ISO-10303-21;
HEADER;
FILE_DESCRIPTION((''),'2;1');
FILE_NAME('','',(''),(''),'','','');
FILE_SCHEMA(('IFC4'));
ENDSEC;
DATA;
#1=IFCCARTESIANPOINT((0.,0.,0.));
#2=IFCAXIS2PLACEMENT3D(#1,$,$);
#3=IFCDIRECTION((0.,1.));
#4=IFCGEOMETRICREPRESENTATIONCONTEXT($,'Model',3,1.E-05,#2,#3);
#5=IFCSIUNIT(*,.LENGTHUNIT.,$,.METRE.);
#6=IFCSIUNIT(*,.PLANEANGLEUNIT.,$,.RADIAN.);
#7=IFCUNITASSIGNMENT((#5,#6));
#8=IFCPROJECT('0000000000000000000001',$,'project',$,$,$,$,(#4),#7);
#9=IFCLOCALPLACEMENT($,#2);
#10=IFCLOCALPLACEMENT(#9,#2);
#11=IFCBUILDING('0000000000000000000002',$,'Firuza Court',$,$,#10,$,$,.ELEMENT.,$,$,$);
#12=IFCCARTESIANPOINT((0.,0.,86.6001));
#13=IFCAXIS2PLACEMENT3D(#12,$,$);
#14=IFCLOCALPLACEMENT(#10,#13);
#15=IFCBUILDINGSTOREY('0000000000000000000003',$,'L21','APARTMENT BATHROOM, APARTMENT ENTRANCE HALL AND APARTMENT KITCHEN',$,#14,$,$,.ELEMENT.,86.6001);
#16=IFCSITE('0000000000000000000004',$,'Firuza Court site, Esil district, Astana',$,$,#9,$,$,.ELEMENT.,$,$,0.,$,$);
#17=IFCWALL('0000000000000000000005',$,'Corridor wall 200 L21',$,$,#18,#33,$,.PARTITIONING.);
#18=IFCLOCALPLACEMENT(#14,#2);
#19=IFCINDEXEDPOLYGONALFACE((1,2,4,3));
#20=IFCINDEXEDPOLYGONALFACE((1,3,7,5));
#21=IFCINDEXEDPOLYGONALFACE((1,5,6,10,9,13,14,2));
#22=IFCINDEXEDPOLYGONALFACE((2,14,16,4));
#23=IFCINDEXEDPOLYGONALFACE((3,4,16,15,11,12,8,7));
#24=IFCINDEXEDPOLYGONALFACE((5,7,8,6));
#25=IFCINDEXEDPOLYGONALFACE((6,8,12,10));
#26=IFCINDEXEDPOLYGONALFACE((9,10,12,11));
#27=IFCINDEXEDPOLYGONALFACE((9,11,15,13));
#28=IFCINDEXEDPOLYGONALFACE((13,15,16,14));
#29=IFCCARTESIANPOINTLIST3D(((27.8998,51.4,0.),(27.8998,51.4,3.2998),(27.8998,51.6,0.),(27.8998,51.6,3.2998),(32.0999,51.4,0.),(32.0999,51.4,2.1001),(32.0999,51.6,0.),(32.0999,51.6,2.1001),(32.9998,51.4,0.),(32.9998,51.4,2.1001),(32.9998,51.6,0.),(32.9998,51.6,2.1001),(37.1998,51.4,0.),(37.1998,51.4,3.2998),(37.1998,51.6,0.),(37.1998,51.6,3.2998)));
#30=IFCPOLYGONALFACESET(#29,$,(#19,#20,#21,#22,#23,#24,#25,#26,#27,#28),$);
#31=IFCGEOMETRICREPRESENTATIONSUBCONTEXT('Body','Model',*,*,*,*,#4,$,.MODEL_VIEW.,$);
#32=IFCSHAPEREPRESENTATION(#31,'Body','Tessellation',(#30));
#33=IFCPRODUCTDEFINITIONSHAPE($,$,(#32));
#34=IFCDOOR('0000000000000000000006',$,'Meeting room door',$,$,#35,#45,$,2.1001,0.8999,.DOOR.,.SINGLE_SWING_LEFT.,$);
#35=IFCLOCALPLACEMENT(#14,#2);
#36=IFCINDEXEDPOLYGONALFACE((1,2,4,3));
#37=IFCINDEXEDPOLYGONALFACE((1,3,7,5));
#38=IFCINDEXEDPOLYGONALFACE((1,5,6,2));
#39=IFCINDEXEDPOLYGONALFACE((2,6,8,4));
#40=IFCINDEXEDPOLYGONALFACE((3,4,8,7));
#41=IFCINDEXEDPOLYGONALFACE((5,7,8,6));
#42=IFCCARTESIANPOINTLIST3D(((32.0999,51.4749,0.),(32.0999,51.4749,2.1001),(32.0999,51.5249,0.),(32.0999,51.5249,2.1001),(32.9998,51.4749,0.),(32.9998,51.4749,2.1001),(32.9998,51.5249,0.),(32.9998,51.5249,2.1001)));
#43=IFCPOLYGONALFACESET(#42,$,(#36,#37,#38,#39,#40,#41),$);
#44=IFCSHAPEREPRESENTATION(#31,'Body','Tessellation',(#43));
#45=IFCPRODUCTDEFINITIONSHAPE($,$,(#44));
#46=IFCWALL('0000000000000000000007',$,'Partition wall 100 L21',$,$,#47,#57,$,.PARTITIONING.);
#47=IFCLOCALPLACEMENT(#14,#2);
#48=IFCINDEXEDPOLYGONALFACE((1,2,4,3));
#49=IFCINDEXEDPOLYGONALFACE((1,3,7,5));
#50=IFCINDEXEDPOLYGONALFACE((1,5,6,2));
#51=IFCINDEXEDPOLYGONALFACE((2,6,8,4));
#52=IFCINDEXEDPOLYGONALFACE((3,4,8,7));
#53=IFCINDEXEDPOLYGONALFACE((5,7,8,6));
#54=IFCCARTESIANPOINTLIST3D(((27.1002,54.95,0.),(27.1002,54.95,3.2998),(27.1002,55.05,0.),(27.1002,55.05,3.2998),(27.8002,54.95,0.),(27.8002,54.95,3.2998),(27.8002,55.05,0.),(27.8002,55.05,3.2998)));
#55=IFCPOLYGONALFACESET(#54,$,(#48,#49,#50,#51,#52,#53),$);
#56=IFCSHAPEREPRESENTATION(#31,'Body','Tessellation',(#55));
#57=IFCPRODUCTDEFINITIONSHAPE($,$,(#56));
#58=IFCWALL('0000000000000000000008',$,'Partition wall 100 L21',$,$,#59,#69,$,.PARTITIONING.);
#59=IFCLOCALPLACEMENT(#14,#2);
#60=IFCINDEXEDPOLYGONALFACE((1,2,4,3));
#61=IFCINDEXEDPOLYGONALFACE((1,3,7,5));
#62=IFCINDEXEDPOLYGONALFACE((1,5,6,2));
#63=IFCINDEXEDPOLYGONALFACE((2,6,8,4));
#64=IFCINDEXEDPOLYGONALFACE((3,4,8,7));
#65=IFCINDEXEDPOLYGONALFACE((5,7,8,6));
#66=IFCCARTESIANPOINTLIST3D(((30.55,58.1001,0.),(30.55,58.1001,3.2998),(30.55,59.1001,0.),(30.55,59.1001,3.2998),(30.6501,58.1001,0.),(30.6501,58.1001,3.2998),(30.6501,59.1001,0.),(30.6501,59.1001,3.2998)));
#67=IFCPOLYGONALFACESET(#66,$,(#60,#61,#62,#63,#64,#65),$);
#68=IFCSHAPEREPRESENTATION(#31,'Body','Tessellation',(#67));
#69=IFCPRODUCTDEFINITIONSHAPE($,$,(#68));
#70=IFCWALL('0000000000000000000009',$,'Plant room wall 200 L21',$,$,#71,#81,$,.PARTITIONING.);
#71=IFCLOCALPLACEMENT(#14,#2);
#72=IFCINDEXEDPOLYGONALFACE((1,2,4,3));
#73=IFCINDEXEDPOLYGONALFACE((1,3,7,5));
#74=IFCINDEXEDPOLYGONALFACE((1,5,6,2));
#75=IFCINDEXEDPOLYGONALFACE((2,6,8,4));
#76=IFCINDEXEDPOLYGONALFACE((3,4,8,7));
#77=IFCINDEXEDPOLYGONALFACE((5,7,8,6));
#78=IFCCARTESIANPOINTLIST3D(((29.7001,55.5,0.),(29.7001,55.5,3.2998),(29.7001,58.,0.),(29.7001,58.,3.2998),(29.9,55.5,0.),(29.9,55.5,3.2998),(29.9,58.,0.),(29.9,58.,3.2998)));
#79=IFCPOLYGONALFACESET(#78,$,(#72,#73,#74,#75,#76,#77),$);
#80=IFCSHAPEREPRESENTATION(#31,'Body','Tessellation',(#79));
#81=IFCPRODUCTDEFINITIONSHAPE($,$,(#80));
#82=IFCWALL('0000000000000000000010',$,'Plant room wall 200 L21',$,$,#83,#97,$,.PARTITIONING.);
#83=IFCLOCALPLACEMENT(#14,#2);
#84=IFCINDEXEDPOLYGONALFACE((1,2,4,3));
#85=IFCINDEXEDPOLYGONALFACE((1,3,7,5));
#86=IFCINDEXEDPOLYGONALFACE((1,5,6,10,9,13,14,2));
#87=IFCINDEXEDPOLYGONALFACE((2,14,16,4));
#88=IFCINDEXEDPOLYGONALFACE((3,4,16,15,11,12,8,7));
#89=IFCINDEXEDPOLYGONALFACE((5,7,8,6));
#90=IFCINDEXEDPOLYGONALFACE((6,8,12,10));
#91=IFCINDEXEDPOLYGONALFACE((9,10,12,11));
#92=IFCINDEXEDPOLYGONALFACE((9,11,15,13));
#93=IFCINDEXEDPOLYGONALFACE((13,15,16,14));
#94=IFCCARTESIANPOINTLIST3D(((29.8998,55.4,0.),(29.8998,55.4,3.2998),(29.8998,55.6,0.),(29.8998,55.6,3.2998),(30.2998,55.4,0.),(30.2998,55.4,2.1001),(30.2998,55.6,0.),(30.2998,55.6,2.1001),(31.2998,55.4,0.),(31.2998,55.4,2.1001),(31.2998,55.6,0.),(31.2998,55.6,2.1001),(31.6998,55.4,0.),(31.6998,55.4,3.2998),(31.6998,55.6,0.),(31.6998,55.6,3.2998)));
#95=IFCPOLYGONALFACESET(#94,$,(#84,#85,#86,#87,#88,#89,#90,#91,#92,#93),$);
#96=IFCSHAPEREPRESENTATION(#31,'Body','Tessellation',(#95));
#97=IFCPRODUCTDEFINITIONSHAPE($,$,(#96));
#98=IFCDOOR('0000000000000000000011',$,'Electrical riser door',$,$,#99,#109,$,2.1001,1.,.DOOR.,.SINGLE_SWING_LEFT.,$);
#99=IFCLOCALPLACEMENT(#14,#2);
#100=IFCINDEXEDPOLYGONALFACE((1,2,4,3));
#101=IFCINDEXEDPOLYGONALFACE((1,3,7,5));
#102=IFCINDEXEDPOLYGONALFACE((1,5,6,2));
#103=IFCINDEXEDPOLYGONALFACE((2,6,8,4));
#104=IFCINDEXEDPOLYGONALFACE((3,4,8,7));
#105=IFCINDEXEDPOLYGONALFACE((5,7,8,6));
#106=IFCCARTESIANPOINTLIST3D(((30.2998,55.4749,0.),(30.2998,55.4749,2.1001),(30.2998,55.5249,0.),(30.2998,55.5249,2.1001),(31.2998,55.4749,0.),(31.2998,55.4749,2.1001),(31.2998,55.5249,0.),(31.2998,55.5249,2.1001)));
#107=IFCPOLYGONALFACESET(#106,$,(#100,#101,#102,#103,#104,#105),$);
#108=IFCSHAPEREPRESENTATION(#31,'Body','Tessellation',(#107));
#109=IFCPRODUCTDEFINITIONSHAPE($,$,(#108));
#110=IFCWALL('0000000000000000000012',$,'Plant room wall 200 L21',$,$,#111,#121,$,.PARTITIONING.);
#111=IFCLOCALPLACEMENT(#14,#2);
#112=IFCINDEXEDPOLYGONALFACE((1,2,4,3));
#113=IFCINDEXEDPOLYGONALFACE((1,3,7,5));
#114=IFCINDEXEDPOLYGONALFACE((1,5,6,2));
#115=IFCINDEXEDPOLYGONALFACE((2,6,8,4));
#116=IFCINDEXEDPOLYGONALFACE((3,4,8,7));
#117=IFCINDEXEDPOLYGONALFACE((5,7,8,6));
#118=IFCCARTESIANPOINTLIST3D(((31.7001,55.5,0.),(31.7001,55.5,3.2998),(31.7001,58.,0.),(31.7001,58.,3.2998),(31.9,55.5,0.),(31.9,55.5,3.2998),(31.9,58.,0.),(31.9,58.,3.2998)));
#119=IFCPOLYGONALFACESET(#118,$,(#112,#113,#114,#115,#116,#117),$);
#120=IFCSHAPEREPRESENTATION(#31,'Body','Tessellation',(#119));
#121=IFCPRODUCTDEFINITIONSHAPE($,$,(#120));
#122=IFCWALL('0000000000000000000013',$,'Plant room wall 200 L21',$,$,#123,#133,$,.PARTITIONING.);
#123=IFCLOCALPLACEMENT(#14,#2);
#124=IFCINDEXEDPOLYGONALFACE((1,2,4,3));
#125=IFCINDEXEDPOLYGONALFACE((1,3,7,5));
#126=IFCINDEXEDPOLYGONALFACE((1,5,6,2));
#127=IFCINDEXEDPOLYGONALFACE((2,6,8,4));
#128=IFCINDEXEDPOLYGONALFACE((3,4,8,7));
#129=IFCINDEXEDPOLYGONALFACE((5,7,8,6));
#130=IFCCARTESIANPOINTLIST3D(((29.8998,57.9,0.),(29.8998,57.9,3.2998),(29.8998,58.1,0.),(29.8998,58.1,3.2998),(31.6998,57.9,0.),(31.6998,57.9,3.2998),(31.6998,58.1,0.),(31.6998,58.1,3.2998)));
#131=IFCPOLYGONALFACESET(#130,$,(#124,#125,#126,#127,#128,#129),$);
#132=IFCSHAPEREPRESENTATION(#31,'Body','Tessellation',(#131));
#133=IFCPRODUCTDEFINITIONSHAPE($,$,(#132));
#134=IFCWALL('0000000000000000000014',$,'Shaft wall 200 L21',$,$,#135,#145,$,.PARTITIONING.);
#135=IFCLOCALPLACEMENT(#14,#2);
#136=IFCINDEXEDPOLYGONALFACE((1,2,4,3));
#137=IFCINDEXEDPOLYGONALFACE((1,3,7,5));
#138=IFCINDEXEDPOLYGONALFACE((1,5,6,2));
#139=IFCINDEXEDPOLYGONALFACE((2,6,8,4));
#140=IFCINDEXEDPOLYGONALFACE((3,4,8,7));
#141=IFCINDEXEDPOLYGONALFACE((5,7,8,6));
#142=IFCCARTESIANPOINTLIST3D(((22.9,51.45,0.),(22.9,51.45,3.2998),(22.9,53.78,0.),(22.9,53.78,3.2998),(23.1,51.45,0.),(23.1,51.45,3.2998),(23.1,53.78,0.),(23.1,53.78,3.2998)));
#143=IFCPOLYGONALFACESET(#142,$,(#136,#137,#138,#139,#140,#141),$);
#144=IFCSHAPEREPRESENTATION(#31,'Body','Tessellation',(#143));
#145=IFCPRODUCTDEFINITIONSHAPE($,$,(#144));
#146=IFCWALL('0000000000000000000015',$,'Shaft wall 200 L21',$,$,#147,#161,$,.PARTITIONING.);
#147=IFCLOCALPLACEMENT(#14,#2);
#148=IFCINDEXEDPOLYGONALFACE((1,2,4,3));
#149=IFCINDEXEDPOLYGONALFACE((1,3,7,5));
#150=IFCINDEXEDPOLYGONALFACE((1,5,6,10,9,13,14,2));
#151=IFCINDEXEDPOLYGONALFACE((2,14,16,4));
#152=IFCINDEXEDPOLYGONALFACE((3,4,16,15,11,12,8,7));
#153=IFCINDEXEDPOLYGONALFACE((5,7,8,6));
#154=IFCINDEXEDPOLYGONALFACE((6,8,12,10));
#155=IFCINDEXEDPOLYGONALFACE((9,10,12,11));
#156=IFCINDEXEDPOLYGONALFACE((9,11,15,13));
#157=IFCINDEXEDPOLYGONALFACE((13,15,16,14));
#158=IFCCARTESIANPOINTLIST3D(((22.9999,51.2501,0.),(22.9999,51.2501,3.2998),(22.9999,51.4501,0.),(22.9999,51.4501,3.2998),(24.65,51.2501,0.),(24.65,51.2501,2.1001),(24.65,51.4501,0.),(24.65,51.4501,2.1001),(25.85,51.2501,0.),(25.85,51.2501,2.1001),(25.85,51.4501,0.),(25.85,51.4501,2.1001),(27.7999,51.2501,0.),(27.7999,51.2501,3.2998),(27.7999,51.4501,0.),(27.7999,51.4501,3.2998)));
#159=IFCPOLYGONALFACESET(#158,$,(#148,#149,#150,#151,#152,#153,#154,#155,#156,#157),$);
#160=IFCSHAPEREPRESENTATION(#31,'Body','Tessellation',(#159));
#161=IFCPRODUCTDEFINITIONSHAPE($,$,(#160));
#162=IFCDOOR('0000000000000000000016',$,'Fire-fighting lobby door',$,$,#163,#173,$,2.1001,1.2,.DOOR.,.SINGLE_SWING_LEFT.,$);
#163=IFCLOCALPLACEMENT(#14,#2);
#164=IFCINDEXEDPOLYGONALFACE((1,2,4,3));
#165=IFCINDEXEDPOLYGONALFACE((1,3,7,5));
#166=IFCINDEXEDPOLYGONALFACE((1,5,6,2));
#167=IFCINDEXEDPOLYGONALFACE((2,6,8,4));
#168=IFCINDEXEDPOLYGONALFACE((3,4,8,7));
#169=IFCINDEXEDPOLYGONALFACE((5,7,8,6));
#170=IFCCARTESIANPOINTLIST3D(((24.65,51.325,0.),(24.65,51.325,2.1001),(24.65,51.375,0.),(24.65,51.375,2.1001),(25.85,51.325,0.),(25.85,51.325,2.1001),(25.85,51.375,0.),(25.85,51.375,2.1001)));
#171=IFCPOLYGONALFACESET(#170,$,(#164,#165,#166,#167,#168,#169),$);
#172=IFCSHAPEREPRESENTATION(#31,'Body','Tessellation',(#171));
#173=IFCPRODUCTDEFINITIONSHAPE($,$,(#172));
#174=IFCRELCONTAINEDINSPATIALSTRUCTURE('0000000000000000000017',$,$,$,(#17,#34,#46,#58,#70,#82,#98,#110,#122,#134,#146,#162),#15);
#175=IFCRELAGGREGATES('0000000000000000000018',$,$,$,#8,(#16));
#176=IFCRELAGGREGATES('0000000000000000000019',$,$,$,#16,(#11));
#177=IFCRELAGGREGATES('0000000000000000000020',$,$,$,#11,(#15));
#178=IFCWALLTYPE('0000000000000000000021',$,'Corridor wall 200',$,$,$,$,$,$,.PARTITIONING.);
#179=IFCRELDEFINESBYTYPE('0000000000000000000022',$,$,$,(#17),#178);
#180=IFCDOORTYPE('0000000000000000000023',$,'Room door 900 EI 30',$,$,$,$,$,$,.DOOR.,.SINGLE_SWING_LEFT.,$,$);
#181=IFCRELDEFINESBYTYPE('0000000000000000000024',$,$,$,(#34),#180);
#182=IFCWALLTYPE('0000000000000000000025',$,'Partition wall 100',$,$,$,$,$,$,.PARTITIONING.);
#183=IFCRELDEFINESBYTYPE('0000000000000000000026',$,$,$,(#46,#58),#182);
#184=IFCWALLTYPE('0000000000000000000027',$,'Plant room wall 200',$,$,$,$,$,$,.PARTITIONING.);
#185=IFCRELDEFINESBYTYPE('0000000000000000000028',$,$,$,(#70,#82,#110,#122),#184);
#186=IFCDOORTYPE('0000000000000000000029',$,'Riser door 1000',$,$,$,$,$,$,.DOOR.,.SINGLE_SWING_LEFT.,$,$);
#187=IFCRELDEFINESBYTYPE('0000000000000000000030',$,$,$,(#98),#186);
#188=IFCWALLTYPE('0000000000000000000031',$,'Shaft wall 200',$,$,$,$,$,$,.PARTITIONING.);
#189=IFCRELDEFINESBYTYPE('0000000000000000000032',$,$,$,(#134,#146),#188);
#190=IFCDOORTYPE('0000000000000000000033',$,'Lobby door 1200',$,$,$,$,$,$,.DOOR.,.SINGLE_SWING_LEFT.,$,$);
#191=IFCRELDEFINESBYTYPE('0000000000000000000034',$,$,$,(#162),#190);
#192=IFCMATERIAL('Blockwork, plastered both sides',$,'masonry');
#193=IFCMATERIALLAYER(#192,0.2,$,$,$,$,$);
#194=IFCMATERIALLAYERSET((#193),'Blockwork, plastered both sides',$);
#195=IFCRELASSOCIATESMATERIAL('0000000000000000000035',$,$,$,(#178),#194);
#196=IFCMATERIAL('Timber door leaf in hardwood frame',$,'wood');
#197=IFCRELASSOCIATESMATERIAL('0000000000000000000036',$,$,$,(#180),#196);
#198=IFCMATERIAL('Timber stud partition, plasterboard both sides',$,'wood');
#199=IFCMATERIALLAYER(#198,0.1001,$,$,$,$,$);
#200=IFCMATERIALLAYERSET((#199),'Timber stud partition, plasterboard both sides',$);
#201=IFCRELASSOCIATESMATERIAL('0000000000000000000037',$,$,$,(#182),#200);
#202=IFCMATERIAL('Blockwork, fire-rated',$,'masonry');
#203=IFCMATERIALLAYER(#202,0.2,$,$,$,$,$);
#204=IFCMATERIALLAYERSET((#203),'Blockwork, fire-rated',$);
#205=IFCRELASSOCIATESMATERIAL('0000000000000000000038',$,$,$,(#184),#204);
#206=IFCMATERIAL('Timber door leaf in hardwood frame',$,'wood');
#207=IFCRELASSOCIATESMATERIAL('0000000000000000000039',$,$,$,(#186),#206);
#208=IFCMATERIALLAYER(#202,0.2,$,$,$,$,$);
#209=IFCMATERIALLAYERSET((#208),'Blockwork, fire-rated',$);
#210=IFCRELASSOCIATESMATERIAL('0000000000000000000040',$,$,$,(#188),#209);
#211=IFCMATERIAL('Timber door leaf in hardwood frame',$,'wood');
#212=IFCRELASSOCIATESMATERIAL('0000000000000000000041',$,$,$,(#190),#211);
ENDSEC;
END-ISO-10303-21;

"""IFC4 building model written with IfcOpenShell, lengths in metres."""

from ifc_helpers import new_model, si_unit, direction, frame, frame_2d, origin, place, context, subcontext, project, spatial, rectangle, extrude, material, layer, layer_set, type_object, element, fill, save


model = new_model("IFC4")

# Units and contexts
model_context = context("Model", 3, precision=1e-05, world=origin(), true_north=direction((0.0, 1.0)))
body_context = subcontext(model_context, "Body", "Model", "MODEL_VIEW")
ifc_project = project(units=[si_unit("LENGTHUNIT", "METRE"), si_unit("PLANEANGLEUNIT", "RADIAN")], contexts=[model_context])

# Site, building, storey
site_placement = place(None, origin())
site = spatial("IfcSite", under=ifc_project, at=site_placement, Name="Firuza Court site, Esil district, Astana", CompositionType="ELEMENT", RefElevation=0.0)
building_placement = place(site_placement, origin())
building = spatial("IfcBuilding", under=site, at=building_placement, Name="Firuza Court", CompositionType="ELEMENT")
storey_placement = place(building_placement, frame((0.0, 0.0, 86.6001)))
storey = spatial("IfcBuildingStorey", under=building, at=storey_placement, Name="L21", Description="APARTMENT BATHROOM, APARTMENT ENTRANCE HALL AND APARTMENT KITCHEN", CompositionType="ELEMENT", Elevation=86.6001)

# Wall, opening, door
ifc_material_1 = material(Name="Blockwork, plastered both sides", Category="masonry")
ifc_layer_1 = layer(ifc_material_1, 0.2)
ifc_layer_set_1 = layer_set([ifc_layer_1], Name="Blockwork, plastered both sides")
wall_type_1 = type_object("IfcWallType", Name="Corridor wall 200", PredefinedType="PARTITIONING", material=ifc_layer_set_1)
wall_1_placement = place(storey_placement, frame((27.8999, 51.5, 0.0), z_axis=(0.0, 0.0, 1.0), x_axis=(1.0, 0.0, 0.0)))
wall_1 = element("IfcWall", 1, at=wall_1_placement, inside=storey, type_object=wall_type_1, Name="Corridor wall 200 L21", PredefinedType="PARTITIONING", context=body_context, shape_type="SweptSolid", body=[
    extrude(rectangle(XDim=9.3, YDim=0.2, at=frame_2d((4.6499, 0.0))), origin(), (0.0, 0.0, 1.0), 3.2998),
])
opening_1_placement = place(wall_1_placement, frame((4.2, 0.0, 0.0)))
opening_1 = element("IfcOpeningElement", 2, at=opening_1_placement, cuts=wall_1, PredefinedType="OPENING", context=body_context, shape_type="SweptSolid", body=[
    extrude(rectangle(XDim=0.8999, YDim=2.1001, at=frame_2d((0.45, 1.05))), frame((0.0, 0.1118, 0.0), z_axis=(0.0, -1.0, 0.0), x_axis=(1.0, 0.0, 0.0)), (0.0, 0.0, 1.0), 0.2239),
])
ifc_material_2 = material(Name="Timber door leaf in hardwood frame", Category="wood")
door_type_1 = type_object("IfcDoorType", Name="Room door 900 EI 30", OperationType="SINGLE_SWING_LEFT", PredefinedType="DOOR", material=ifc_material_2)
door_1_placement = place(opening_1_placement, origin())
door_1 = element("IfcDoor", 3, at=door_1_placement, inside=storey, type_object=door_type_1, Name="Meeting room door", OperationType="SINGLE_SWING_LEFT", OverallHeight=2.1001, OverallWidth=0.8999, PredefinedType="DOOR", context=body_context, shape_type="SweptSolid", body=[
    extrude(rectangle(XDim=0.8999, YDim=2.1001, at=frame_2d((0.45, 1.05))), frame((0.0, 0.0249, 0.0), z_axis=(0.0, -1.0, 0.0), x_axis=(1.0, 0.0, 0.0)), (0.0, 0.0, 1.0), 0.05),
])
fill(opening_1, door_1)

# Walls
ifc_material_3 = material(Name="Timber stud partition, plasterboard both sides", Category="wood")
ifc_layer_2 = layer(ifc_material_3, 0.1001)
ifc_layer_set_2 = layer_set([ifc_layer_2], Name="Timber stud partition, plasterboard both sides")
wall_type_2 = type_object("IfcWallType", Name="Partition wall 100", PredefinedType="PARTITIONING", material=ifc_layer_set_2)
wall_2_placement = place(storey_placement, frame((27.1001, 55.0, 0.0), z_axis=(0.0, 0.0, 1.0), x_axis=(1.0, 0.0, 0.0)))
element("IfcWall", 4, at=wall_2_placement, inside=storey, type_object=wall_type_2, Name="Partition wall 100 L21", PredefinedType="PARTITIONING", context=body_context, shape_type="SweptSolid", body=[
    extrude(rectangle(XDim=0.7, YDim=0.1001, at=frame_2d((0.3501, 0.0))), origin(), (0.0, 0.0, 1.0), 3.2998),
])
wall_3_placement = place(storey_placement, frame((30.6001, 58.1001, 0.0), z_axis=(0.0, 0.0, 1.0), x_axis=(0.0, 1.0, 0.0)))
element("IfcWall", 5, at=wall_3_placement, inside=storey, type_object=wall_type_2, Name="Partition wall 100 L21", PredefinedType="PARTITIONING", context=body_context, shape_type="SweptSolid", body=[
    extrude(rectangle(XDim=1.0, YDim=0.1001, at=frame_2d((0.5, 0.0))), origin(), (0.0, 0.0, 1.0), 3.2998),
])
ifc_material_4 = material(Name="Blockwork, fire-rated", Category="masonry")
ifc_layer_3 = layer(ifc_material_4, 0.2)
ifc_layer_set_3 = layer_set([ifc_layer_3], Name="Blockwork, fire-rated")
wall_type_3 = type_object("IfcWallType", Name="Plant room wall 200", PredefinedType="PARTITIONING", material=ifc_layer_set_3)
wall_4_placement = place(storey_placement, frame((29.8, 55.5, 0.0), z_axis=(0.0, 0.0, 1.0), x_axis=(0.0, 1.0, 0.0)))
element("IfcWall", 6, at=wall_4_placement, inside=storey, type_object=wall_type_3, Name="Plant room wall 200 L21", PredefinedType="PARTITIONING", context=body_context, shape_type="SweptSolid", body=[
    extrude(rectangle(XDim=2.5, YDim=0.2, at=frame_2d((1.25, 0.0))), origin(), (0.0, 0.0, 1.0), 3.2998),
])

# Wall, opening, door
wall_5_placement = place(storey_placement, frame((29.8999, 55.5, 0.0), z_axis=(0.0, 0.0, 1.0), x_axis=(1.0, 0.0, 0.0)))
wall_5 = element("IfcWall", 7, at=wall_5_placement, inside=storey, type_object=wall_type_3, Name="Plant room wall 200 L21", PredefinedType="PARTITIONING", context=body_context, shape_type="SweptSolid", body=[
    extrude(rectangle(XDim=1.8, YDim=0.2, at=frame_2d((0.8999, 0.0))), origin(), (0.0, 0.0, 1.0), 3.2998),
])
opening_2_placement = place(wall_5_placement, frame((0.3999, 0.0, 0.0)))
opening_2 = element("IfcOpeningElement", 8, at=opening_2_placement, cuts=wall_5, PredefinedType="OPENING", context=body_context, shape_type="SweptSolid", body=[
    extrude(rectangle(XDim=1.0, YDim=2.1001, at=frame_2d((0.5, 1.05))), frame((0.0, 0.1118, 0.0), z_axis=(0.0, -1.0, 0.0), x_axis=(1.0, 0.0, 0.0)), (0.0, 0.0, 1.0), 0.2239),
])
ifc_material_5 = material(Name="Timber door leaf in hardwood frame", Category="wood")
door_type_2 = type_object("IfcDoorType", Name="Riser door 1000", OperationType="SINGLE_SWING_LEFT", PredefinedType="DOOR", material=ifc_material_5)
door_2_placement = place(opening_2_placement, origin())
door_2 = element("IfcDoor", 9, at=door_2_placement, inside=storey, type_object=door_type_2, Name="Electrical riser door", OperationType="SINGLE_SWING_LEFT", OverallHeight=2.1001, OverallWidth=1.0, PredefinedType="DOOR", context=body_context, shape_type="SweptSolid", body=[
    extrude(rectangle(XDim=1.0, YDim=2.1001, at=frame_2d((0.5, 1.05))), frame((0.0, 0.0249, 0.0), z_axis=(0.0, -1.0, 0.0), x_axis=(1.0, 0.0, 0.0)), (0.0, 0.0, 1.0), 0.05),
])
fill(opening_2, door_2)

# Walls
wall_6_placement = place(storey_placement, frame((31.8, 55.5, 0.0), z_axis=(0.0, 0.0, 1.0), x_axis=(0.0, 1.0, 0.0)))
element("IfcWall", 10, at=wall_6_placement, inside=storey, type_object=wall_type_3, Name="Plant room wall 200 L21", PredefinedType="PARTITIONING", context=body_context, shape_type="SweptSolid", body=[
    extrude(rectangle(XDim=2.5, YDim=0.2, at=frame_2d((1.25, 0.0))), origin(), (0.0, 0.0, 1.0), 3.2998),
])
wall_7_placement = place(storey_placement, frame((29.8999, 58.0, 0.0), z_axis=(0.0, 0.0, 1.0), x_axis=(1.0, 0.0, 0.0)))
element("IfcWall", 11, at=wall_7_placement, inside=storey, type_object=wall_type_3, Name="Plant room wall 200 L21", PredefinedType="PARTITIONING", context=body_context, shape_type="SweptSolid", body=[
    extrude(rectangle(XDim=1.8, YDim=0.2, at=frame_2d((0.8999, 0.0))), origin(), (0.0, 0.0, 1.0), 3.2998),
])
ifc_layer_4 = layer(ifc_material_4, 0.2)
ifc_layer_set_4 = layer_set([ifc_layer_4], Name="Blockwork, fire-rated")
wall_type_4 = type_object("IfcWallType", Name="Shaft wall 200", PredefinedType="PARTITIONING", material=ifc_layer_set_4)
wall_8_placement = place(storey_placement, frame((23.0, 51.45, 0.0), z_axis=(0.0, 0.0, 1.0), x_axis=(0.0, 1.0, 0.0)))
element("IfcWall", 12, at=wall_8_placement, inside=storey, type_object=wall_type_4, Name="Shaft wall 200 L21", PredefinedType="PARTITIONING", context=body_context, shape_type="SweptSolid", body=[
    extrude(rectangle(XDim=2.3301, YDim=0.2, at=frame_2d((1.165, 0.0))), origin(), (0.0, 0.0, 1.0), 3.2998),
])

# Wall, opening, door
wall_9_placement = place(storey_placement, frame((23.0, 51.3501, 0.0), z_axis=(0.0, 0.0, 1.0), x_axis=(1.0, 0.0, 0.0)))
wall_9 = element("IfcWall", 13, at=wall_9_placement, inside=storey, type_object=wall_type_4, Name="Shaft wall 200 L21", PredefinedType="PARTITIONING", context=body_context, shape_type="SweptSolid", body=[
    extrude(rectangle(XDim=4.8, YDim=0.2, at=frame_2d((2.3999, 0.0))), origin(), (0.0, 0.0, 1.0), 3.2998),
])
opening_3_placement = place(wall_9_placement, frame((1.6499, 0.0, 0.0)))
opening_3 = element("IfcOpeningElement", 14, at=opening_3_placement, cuts=wall_9, PredefinedType="OPENING", context=body_context, shape_type="SweptSolid", body=[
    extrude(rectangle(XDim=1.2, YDim=2.1001, at=frame_2d((0.6001, 1.05))), frame((0.0, 0.1118, 0.0), z_axis=(0.0, -1.0, 0.0), x_axis=(1.0, 0.0, 0.0)), (0.0, 0.0, 1.0), 0.2239),
])
ifc_material_6 = material(Name="Timber door leaf in hardwood frame", Category="wood")
door_type_3 = type_object("IfcDoorType", Name="Lobby door 1200", OperationType="SINGLE_SWING_LEFT", PredefinedType="DOOR", material=ifc_material_6)
door_3_placement = place(opening_3_placement, origin())
door_3 = element("IfcDoor", 15, at=door_3_placement, inside=storey, type_object=door_type_3, Name="Fire-fighting lobby door", OperationType="SINGLE_SWING_LEFT", OverallHeight=2.1001, OverallWidth=1.2, PredefinedType="DOOR", context=body_context, shape_type="SweptSolid", body=[
    extrude(rectangle(XDim=1.2, YDim=2.1001, at=frame_2d((0.6001, 1.05))), frame((0.0, 0.0249, 0.0), z_axis=(0.0, -1.0, 0.0), x_axis=(1.0, 0.0, 0.0)), (0.0, 0.0, 1.0), 0.05),
])
fill(opening_3, door_3)

save(model, "model.ifc")
